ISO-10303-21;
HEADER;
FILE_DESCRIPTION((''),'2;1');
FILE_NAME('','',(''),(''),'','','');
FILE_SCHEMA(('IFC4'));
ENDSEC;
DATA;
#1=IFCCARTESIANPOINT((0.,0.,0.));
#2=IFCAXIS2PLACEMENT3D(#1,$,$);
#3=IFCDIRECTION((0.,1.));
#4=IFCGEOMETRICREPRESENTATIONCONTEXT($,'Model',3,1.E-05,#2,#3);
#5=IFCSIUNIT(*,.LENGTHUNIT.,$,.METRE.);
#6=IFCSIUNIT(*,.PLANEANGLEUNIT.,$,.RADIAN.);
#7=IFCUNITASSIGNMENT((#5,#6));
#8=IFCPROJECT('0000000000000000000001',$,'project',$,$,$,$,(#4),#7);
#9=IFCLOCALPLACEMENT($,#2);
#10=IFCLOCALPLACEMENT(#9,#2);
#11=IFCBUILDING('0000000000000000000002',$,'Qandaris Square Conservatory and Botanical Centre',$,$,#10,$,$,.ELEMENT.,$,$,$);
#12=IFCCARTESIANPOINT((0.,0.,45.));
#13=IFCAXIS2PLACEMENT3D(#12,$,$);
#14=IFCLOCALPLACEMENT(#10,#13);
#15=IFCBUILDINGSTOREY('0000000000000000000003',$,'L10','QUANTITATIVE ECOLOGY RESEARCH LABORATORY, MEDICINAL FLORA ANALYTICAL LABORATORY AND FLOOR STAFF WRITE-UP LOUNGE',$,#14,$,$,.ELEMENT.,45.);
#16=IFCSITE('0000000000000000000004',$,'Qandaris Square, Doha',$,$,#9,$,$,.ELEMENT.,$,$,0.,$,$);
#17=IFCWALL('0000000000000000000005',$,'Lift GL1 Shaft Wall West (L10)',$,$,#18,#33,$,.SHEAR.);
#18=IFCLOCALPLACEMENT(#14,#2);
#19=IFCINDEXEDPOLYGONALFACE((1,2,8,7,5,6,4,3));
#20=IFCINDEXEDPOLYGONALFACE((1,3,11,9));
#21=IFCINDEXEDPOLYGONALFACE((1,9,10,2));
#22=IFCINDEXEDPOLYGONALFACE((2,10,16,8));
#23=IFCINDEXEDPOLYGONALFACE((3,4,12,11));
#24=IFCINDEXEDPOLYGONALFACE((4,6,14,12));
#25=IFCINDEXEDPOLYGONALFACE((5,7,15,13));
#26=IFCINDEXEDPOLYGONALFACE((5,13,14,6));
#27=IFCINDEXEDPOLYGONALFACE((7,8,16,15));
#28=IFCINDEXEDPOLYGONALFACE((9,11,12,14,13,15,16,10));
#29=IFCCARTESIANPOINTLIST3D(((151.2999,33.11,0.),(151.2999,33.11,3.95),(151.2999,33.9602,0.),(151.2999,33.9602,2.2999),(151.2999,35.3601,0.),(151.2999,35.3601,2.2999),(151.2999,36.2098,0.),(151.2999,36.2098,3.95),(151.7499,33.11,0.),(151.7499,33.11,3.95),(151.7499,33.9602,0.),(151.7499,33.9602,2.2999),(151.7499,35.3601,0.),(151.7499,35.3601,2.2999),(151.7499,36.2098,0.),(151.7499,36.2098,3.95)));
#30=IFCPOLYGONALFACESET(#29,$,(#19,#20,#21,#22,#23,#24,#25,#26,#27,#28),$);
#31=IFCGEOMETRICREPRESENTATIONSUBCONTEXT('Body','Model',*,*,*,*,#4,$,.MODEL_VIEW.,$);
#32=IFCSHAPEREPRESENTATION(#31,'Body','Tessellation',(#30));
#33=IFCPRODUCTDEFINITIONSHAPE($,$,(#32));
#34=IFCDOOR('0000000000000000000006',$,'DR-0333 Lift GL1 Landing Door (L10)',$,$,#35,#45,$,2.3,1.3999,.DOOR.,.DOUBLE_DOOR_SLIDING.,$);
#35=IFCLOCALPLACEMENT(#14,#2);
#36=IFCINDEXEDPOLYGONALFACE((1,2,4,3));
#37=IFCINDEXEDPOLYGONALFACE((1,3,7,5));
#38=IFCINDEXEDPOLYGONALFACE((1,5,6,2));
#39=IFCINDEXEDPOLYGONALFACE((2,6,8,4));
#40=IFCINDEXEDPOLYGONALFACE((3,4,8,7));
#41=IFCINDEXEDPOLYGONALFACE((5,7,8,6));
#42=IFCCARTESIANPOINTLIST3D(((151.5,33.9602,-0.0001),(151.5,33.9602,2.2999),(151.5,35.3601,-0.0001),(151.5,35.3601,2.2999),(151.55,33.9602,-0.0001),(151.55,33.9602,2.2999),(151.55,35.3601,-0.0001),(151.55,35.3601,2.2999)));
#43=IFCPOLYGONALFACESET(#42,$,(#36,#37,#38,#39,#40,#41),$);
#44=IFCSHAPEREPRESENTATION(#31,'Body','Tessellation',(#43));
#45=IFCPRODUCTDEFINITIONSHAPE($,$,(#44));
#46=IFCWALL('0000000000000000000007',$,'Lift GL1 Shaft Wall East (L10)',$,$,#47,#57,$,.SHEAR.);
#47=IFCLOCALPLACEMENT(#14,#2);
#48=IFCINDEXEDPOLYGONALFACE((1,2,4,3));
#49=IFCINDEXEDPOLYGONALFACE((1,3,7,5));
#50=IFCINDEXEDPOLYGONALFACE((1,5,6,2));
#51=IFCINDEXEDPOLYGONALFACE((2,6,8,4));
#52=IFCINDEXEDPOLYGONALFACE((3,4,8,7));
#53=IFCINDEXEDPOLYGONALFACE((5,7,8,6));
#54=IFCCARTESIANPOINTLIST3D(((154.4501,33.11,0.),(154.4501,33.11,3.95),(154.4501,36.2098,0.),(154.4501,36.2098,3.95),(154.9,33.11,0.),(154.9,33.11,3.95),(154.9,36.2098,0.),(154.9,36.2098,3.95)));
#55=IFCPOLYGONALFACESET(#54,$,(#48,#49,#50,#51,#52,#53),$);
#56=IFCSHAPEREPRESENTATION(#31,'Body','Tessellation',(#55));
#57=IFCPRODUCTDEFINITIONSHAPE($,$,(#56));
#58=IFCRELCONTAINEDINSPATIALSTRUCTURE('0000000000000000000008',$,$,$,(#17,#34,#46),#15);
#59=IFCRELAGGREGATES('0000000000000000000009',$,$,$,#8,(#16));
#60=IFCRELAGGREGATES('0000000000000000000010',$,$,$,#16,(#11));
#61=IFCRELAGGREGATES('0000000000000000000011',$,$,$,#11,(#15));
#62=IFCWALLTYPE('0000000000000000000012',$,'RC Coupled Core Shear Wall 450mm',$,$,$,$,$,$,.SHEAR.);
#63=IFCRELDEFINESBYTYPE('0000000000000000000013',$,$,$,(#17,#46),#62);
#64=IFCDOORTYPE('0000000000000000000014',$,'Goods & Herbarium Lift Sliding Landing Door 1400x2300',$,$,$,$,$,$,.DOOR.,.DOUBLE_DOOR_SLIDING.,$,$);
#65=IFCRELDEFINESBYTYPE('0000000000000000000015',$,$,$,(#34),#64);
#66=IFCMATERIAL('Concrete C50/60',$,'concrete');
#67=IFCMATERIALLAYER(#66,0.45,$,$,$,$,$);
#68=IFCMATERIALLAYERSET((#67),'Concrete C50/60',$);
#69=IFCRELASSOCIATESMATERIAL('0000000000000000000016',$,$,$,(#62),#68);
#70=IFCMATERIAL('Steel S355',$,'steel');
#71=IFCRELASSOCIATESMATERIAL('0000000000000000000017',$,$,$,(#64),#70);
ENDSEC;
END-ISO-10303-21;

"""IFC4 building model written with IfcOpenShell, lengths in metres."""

from ifc_helpers import new_model, si_unit, direction, frame, frame_2d, origin, place, context, subcontext, project, spatial, rectangle, extrude, material, layer, layer_set, type_object, element, fill, save


model = new_model("IFC4")

# Units and contexts
model_context = context("Model", 3, precision=1e-05, world=origin(), true_north=direction((0.0, 1.0)))
body_context = subcontext(model_context, "Body", "Model", "MODEL_VIEW")
ifc_project = project(units=[si_unit("LENGTHUNIT", "METRE"), si_unit("PLANEANGLEUNIT", "RADIAN")], contexts=[model_context])

# Site, building, storey
site_placement = place(None, origin())
site = spatial("IfcSite", under=ifc_project, at=site_placement, Name="Qandaris Square, Doha", CompositionType="ELEMENT", RefElevation=0.0)
building_placement = place(site_placement, origin())
building = spatial("IfcBuilding", under=site, at=building_placement, Name="Qandaris Square Conservatory and Botanical Centre", CompositionType="ELEMENT")
storey_placement = place(building_placement, frame((0.0, 0.0, 45.0)))
storey = spatial("IfcBuildingStorey", under=building, at=storey_placement, Name="L10", Description="QUANTITATIVE ECOLOGY RESEARCH LABORATORY, MEDICINAL FLORA ANALYTICAL LABORATORY AND FLOOR STAFF WRITE-UP LOUNGE", CompositionType="ELEMENT", Elevation=45.0)

# Shared definitions
ifc_material_1 = material(Name="Concrete C50/60", Category="concrete")

# Shared definitions
ifc_material_2 = material(Name="Steel S355", Category="steel")

# Shared definitions
ifc_layer_1 = layer(ifc_material_1, 0.45)
ifc_layer_set_1 = layer_set([ifc_layer_1], Name="Concrete C50/60")
wall_type_1 = type_object("IfcWallType", Name="RC Coupled Core Shear Wall 450mm", PredefinedType="SHEAR", material=ifc_layer_set_1)

# Wall, opening, door
wall_1_placement = place(storey_placement, frame((151.5249, 33.1101, 0.0), z_axis=(0.0, 0.0, 1.0), x_axis=(0.0, 1.0, 0.0)))
wall_1 = element("IfcWall", 1, at=wall_1_placement, inside=storey, type_object=wall_type_1, Name="Lift GL1 Shaft Wall West (L10)", PredefinedType="SHEAR", context=body_context, shape_type="SweptSolid", body=[
    extrude(rectangle(XDim=3.0999, YDim=0.45, at=frame_2d((1.5498, 0.0))), origin(), (0.0, 0.0, 1.0), 3.95),
])
opening_1_placement = place(wall_1_placement, frame((0.8501, 0.0, 0.0)))
opening_1 = element("IfcOpeningElement", 2, at=opening_1_placement, cuts=wall_1, PredefinedType="OPENING", context=body_context, shape_type="SweptSolid", body=[
    extrude(rectangle(XDim=1.3999, YDim=2.3, at=frame_2d((0.7, 1.1499))), frame((0.0, 0.2368, 0.0), z_axis=(0.0, -1.0, 0.0), x_axis=(1.0, 0.0, 0.0)), (0.0, 0.0, 1.0), 0.4739),
])
door_type_1 = type_object("IfcDoorType", Name="Goods & Herbarium Lift Sliding Landing Door 1400x2300", OperationType="DOUBLE_DOOR_SLIDING", PredefinedType="DOOR", material=ifc_material_2)
door_1_placement = place(opening_1_placement, origin())
door_1 = element("IfcDoor", 3, at=door_1_placement, inside=storey, type_object=door_type_1, Name="DR-0333 Lift GL1 Landing Door (L10)", OperationType="DOUBLE_DOOR_SLIDING", OverallHeight=2.3, OverallWidth=1.3999, PredefinedType="DOOR", context=body_context, shape_type="SweptSolid", body=[
    extrude(rectangle(XDim=1.3999, YDim=2.3, at=frame_2d((0.7, 1.1499))), frame((0.0, 0.0249, 0.0), z_axis=(0.0, -1.0, 0.0), x_axis=(1.0, 0.0, 0.0)), (0.0, 0.0, 1.0), 0.05),
])
fill(opening_1, door_1)

# Wall
wall_2_placement = place(storey_placement, frame((154.675, 33.1101, 0.0), z_axis=(0.0, 0.0, 1.0), x_axis=(0.0, 1.0, 0.0)))
element("IfcWall", 4, at=wall_2_placement, inside=storey, type_object=wall_type_1, Name="Lift GL1 Shaft Wall East (L10)", PredefinedType="SHEAR", context=body_context, shape_type="SweptSolid", body=[
    extrude(rectangle(XDim=3.0999, YDim=0.45, at=frame_2d((1.5498, 0.0))), origin(), (0.0, 0.0, 1.0), 3.95),
])

save(model, "model.ifc")
